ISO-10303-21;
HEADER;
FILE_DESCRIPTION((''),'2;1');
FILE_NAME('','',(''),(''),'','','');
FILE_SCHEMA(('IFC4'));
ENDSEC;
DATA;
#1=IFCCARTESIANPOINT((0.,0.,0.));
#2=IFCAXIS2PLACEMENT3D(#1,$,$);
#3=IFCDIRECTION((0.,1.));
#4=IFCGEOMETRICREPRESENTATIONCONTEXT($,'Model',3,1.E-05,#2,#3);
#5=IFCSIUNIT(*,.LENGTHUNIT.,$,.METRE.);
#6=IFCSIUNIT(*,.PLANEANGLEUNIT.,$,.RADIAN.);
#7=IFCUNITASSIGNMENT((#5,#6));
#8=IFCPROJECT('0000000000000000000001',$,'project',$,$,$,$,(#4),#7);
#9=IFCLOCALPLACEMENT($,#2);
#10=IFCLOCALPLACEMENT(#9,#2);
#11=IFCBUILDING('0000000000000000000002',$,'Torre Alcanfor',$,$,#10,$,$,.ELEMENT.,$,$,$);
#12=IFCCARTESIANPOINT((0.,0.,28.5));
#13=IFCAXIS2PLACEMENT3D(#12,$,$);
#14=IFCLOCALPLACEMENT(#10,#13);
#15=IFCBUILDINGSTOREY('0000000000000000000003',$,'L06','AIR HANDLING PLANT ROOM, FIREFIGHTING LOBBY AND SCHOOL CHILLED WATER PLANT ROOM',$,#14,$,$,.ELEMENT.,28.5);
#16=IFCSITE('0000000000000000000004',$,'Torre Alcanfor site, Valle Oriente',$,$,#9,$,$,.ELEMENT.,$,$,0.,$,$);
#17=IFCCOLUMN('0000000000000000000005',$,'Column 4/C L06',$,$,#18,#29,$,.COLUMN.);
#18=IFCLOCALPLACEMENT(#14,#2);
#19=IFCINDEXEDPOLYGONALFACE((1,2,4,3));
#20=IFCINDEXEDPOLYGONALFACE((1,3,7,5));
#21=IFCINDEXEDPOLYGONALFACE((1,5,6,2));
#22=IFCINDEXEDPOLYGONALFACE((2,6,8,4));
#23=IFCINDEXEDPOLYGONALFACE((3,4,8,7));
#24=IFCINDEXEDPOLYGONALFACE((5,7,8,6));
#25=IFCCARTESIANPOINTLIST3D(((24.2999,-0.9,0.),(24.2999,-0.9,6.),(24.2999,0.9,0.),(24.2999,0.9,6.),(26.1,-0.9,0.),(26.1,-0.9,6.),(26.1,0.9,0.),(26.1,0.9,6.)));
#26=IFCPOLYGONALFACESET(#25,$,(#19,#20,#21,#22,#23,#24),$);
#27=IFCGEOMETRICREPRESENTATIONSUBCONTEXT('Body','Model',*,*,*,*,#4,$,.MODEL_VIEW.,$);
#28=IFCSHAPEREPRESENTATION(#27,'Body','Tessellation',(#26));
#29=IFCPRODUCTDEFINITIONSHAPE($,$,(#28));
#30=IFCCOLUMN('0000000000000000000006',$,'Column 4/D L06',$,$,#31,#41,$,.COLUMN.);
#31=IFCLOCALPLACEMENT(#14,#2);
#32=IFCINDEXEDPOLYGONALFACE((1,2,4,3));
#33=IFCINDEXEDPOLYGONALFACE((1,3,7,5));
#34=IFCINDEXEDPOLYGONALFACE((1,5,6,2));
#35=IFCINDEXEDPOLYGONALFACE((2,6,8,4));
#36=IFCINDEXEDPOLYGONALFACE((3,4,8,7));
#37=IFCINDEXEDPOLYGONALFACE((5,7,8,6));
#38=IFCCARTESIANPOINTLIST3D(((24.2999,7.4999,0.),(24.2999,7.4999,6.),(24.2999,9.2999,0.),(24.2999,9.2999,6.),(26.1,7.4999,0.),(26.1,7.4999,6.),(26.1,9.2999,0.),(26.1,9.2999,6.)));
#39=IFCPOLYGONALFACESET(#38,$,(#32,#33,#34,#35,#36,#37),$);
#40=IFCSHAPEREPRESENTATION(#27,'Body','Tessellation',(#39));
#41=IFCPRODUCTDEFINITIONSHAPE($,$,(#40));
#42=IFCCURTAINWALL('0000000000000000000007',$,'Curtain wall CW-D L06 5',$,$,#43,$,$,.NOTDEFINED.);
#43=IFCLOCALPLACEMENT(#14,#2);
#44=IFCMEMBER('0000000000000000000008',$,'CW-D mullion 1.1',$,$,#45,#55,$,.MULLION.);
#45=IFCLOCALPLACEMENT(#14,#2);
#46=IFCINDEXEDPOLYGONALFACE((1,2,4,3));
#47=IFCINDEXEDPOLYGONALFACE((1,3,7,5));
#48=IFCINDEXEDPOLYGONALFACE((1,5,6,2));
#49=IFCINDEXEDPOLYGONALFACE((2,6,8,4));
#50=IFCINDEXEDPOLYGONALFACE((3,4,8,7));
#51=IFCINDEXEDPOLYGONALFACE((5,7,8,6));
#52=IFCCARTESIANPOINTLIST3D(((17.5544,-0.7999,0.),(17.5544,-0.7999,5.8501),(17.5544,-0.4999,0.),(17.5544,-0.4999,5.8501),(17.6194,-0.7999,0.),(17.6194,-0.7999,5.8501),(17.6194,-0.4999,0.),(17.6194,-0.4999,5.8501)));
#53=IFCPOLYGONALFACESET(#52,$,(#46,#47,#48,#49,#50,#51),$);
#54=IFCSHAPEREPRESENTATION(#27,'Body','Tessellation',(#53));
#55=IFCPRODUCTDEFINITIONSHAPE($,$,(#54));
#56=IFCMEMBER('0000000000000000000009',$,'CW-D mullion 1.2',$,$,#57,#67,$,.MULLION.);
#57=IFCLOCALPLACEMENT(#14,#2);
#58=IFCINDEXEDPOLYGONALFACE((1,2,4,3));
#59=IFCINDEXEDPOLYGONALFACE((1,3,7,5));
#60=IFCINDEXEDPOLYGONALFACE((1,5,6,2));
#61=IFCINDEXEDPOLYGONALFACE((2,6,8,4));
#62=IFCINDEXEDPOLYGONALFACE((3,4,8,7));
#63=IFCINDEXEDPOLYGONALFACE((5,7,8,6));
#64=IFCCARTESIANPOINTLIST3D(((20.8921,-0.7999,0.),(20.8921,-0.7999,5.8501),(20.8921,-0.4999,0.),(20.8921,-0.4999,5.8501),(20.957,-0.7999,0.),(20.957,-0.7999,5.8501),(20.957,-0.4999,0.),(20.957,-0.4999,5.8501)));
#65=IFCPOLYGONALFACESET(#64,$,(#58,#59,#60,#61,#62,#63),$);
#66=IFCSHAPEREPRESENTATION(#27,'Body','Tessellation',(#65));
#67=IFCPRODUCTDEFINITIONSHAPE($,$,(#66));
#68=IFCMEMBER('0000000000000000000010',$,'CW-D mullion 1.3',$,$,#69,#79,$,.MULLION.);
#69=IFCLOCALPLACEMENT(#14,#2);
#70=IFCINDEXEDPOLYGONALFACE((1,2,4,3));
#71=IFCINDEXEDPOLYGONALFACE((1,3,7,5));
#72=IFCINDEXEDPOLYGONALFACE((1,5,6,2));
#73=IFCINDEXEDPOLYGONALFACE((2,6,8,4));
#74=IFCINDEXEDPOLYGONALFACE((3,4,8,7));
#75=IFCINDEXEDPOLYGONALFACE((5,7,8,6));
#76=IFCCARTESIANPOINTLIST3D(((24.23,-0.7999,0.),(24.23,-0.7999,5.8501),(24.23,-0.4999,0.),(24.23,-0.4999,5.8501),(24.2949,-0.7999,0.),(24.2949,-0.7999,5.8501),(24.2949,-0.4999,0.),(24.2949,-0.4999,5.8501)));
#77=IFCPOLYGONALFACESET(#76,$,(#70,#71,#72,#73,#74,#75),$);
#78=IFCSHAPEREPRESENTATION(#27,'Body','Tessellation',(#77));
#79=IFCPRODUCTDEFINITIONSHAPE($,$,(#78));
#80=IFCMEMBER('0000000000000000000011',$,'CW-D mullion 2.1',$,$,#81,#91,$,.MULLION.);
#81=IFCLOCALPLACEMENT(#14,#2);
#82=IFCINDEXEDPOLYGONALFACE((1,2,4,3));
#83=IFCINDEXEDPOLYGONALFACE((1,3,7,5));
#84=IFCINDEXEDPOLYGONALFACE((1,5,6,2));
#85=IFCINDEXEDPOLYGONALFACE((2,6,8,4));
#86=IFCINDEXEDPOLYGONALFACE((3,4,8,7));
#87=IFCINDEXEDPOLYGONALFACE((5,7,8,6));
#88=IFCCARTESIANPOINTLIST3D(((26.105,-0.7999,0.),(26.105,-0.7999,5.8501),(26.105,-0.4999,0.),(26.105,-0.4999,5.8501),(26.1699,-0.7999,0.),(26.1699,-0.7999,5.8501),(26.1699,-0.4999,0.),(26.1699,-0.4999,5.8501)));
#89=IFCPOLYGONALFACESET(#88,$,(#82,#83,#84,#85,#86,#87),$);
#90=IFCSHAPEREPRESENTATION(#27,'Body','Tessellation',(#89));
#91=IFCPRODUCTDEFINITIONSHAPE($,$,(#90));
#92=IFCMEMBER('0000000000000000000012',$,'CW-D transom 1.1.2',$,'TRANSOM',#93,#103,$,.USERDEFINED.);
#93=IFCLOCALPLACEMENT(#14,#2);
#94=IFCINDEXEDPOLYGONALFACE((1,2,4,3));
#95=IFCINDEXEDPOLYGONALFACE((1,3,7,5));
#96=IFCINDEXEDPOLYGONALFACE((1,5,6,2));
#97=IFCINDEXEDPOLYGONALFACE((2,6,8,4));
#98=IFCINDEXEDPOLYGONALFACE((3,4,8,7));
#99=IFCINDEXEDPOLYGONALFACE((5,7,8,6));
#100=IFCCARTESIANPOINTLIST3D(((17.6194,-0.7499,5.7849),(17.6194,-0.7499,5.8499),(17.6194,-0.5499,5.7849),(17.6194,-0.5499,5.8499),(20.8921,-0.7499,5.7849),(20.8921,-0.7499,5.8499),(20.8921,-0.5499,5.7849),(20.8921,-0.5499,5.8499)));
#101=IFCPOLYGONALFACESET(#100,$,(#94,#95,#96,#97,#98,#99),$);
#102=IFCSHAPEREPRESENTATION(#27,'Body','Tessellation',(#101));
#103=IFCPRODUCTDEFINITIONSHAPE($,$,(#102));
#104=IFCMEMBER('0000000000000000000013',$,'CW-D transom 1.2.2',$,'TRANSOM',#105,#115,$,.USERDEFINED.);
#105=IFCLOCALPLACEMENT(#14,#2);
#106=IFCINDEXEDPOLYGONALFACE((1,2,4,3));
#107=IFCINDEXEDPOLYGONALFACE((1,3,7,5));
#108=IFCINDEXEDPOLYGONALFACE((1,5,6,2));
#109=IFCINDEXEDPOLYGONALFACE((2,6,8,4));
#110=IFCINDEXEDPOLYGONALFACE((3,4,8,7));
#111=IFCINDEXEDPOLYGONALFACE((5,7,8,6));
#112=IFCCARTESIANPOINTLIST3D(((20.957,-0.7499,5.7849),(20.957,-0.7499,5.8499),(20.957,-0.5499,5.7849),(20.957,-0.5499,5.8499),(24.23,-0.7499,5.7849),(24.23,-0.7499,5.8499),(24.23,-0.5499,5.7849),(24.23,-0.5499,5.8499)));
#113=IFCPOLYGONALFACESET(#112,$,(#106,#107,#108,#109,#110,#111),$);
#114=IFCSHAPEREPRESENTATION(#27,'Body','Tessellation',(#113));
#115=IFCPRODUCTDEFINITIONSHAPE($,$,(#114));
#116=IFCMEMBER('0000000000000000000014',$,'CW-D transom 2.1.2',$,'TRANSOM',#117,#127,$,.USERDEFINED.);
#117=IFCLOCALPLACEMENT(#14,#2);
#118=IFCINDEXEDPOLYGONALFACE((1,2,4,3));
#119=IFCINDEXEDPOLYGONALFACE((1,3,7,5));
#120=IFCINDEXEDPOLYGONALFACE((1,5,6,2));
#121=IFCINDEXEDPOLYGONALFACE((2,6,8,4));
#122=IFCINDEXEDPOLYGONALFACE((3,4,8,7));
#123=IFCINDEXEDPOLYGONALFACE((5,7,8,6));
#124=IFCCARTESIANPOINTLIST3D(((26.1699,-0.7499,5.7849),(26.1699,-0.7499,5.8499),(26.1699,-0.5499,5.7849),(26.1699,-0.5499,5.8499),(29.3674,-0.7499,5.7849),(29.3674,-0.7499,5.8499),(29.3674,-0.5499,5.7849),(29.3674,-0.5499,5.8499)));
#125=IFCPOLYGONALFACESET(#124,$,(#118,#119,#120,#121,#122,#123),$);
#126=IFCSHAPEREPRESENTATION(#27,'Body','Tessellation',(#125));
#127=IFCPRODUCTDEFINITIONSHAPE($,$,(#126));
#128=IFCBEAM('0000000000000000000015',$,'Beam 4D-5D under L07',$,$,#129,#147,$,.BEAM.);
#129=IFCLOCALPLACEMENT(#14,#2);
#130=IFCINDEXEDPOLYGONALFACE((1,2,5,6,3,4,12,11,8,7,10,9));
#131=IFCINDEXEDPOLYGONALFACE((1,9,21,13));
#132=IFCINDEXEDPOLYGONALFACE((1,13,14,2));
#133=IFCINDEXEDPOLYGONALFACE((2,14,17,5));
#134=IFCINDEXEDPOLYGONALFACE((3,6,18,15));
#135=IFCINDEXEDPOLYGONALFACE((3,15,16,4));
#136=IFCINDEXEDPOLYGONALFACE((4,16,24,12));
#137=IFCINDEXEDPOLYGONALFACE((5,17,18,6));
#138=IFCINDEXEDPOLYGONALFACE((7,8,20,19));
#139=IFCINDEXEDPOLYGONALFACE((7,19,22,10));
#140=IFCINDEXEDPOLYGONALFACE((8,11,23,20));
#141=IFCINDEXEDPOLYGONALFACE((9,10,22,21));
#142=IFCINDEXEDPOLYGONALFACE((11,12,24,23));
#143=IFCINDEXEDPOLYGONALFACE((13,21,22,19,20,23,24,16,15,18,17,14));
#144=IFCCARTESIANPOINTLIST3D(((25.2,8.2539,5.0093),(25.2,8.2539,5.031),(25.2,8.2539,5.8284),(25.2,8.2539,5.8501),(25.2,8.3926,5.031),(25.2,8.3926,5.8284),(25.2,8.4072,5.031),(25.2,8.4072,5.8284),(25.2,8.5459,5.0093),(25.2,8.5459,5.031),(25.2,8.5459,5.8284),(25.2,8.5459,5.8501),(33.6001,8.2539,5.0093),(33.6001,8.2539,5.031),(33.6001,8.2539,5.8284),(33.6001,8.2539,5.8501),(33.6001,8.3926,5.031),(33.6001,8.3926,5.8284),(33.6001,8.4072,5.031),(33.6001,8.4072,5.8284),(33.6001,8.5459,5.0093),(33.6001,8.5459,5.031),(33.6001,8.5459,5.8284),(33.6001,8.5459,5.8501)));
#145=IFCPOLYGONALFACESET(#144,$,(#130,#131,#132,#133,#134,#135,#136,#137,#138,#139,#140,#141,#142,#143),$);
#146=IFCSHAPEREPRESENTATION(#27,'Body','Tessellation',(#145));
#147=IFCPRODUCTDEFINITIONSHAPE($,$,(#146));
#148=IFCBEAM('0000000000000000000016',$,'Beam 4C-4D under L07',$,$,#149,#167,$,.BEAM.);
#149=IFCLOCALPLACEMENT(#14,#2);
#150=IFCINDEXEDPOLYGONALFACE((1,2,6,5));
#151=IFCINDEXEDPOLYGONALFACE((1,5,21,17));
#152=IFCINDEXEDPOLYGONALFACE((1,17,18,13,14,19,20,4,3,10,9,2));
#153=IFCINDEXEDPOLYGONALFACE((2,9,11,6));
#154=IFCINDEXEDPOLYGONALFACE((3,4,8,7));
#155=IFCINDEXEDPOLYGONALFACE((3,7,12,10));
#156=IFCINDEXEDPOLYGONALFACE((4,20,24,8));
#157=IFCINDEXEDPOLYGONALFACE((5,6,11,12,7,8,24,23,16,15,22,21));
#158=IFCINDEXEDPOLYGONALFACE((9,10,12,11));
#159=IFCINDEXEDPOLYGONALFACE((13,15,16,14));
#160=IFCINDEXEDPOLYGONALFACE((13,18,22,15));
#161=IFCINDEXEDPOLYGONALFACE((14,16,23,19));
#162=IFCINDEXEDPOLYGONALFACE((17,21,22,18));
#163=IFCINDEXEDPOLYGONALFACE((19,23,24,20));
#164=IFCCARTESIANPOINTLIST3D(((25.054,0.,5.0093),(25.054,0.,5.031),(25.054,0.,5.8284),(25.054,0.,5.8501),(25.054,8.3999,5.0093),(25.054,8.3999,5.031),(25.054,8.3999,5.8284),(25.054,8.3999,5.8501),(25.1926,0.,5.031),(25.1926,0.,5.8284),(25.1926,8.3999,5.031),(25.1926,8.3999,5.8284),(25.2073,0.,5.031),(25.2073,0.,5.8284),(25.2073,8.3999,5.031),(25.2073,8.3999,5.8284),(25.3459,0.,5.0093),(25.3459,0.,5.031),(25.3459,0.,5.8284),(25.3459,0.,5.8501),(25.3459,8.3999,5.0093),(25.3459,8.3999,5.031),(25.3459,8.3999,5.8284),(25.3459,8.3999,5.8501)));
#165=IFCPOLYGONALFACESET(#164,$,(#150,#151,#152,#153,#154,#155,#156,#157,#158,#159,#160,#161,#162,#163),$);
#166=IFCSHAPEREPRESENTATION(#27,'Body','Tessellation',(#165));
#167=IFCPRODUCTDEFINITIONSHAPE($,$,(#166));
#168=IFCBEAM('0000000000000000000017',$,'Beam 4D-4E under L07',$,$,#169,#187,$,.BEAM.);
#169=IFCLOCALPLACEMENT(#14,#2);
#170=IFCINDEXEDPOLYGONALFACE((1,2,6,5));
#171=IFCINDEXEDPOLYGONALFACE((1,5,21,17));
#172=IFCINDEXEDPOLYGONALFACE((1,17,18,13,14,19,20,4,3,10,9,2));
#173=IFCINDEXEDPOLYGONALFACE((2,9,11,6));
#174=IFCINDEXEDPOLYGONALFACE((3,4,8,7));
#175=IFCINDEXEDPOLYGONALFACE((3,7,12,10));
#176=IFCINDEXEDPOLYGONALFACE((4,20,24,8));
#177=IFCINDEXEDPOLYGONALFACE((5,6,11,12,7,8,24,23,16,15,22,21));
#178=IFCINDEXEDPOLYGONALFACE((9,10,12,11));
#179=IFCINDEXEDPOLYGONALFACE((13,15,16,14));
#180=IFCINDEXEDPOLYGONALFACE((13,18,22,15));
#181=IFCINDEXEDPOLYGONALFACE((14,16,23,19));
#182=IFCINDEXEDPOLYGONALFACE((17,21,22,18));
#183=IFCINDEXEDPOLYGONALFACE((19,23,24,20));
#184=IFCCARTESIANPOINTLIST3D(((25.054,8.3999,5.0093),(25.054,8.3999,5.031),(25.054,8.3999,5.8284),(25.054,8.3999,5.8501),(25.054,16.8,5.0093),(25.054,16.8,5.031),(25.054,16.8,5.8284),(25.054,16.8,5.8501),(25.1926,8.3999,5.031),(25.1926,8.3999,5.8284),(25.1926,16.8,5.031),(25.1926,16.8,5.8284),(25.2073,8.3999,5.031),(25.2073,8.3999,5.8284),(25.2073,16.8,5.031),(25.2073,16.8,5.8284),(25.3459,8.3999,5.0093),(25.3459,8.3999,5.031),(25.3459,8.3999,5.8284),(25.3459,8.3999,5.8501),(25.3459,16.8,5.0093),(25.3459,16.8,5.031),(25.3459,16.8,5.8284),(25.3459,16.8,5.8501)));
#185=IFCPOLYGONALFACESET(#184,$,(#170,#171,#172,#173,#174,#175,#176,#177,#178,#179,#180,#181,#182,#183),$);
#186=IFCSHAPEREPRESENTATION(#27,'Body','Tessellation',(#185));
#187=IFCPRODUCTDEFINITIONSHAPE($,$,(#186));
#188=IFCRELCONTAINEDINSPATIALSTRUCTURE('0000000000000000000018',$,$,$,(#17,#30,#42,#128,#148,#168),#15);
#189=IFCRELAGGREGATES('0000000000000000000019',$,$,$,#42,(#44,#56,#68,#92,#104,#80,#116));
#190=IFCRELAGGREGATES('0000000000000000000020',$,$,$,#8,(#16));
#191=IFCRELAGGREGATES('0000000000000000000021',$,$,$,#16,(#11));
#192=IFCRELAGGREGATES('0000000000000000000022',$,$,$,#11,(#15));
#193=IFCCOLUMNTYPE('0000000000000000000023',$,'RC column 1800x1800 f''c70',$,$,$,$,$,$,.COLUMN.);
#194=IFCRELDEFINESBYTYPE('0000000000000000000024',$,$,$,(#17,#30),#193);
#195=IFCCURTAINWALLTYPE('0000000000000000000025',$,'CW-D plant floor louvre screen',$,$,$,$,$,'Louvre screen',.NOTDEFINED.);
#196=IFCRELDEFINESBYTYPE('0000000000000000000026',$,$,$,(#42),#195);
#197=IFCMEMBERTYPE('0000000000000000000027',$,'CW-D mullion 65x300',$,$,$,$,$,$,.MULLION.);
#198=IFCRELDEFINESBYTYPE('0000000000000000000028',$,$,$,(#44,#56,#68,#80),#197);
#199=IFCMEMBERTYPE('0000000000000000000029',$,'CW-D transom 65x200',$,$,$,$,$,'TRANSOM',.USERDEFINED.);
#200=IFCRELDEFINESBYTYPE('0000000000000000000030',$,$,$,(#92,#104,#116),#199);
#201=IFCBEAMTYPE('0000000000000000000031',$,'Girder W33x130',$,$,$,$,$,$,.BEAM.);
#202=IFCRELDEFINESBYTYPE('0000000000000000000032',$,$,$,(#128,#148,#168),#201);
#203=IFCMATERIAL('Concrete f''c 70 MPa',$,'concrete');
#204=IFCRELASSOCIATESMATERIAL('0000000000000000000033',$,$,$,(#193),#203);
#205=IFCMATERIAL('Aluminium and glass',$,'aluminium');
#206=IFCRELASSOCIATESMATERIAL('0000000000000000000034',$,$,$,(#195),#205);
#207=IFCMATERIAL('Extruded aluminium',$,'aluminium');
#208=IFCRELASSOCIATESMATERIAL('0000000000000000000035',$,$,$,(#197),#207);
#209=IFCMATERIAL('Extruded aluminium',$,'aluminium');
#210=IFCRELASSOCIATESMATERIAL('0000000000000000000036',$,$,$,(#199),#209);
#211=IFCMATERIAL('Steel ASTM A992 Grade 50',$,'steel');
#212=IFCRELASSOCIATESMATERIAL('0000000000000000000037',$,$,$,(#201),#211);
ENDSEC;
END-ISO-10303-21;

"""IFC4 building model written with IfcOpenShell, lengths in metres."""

from ifc_helpers import new_model, si_unit, direction, frame, origin, origin_2d, place, context, subcontext, project, spatial, rectangle, i_section, extrude, material, material_profile, profile_set, type_object, element, aggregate, save


model = new_model("IFC4")

# Units and contexts
model_context = context("Model", 3, precision=1e-05, world=origin(), true_north=direction((0.0, 1.0)))
body_context = subcontext(model_context, "Body", "Model", "MODEL_VIEW")
ifc_project = project(units=[si_unit("LENGTHUNIT", "METRE"), si_unit("PLANEANGLEUNIT", "RADIAN")], contexts=[model_context])

# Site, building, storey
site_placement = place(None, origin())
site = spatial("IfcSite", under=ifc_project, at=site_placement, Name="Torre Alcanfor site, Valle Oriente", CompositionType="ELEMENT", RefElevation=0.0)
building_placement = place(site_placement, origin())
building = spatial("IfcBuilding", under=site, at=building_placement, Name="Torre Alcanfor", CompositionType="ELEMENT")
storey_placement = place(building_placement, frame((0.0, 0.0, 28.5)))
storey = spatial("IfcBuildingStorey", under=building, at=storey_placement, Name="L06", Description="AIR HANDLING PLANT ROOM, FIREFIGHTING LOBBY AND SCHOOL CHILLED WATER PLANT ROOM", CompositionType="ELEMENT", Elevation=28.5)

# Columns
ifc_material_1 = material(Name="Concrete f'c 70 MPa", Category="concrete")
ifc_material_profile_1 = material_profile(ifc_material_1, rectangle(XDim=1.8, YDim=1.8, at=origin_2d()), Name="1800x1800")
ifc_profile_set_1 = profile_set([ifc_material_profile_1], Name="Concrete f'c 70 MPa")
column_type = type_object("IfcColumnType", Name="RC column 1800x1800 f'c70", PredefinedType="COLUMN", material=ifc_profile_set_1)
for number, where, z_axis, x_axis, name in (
    (1, (25.2, 0.0, 0.0), (0.0, 0.0, 1.0), (1.0, 0.0, 0.0), "Column 4/C L06"),
    (2, (25.2, 8.3999, 0.0), (0.0, 0.0, 1.0), (1.0, 0.0, 0.0), "Column 4/D L06"),
):
    element("IfcColumn", number, at=place(storey_placement, frame(where, z_axis=z_axis, x_axis=x_axis)), inside=storey, type_object=column_type, Name=name, PredefinedType="COLUMN", context=body_context, shape_type="SweptSolid", body=[
        extrude(rectangle(XDim=1.8, YDim=1.8, at=origin_2d()), origin(), (0.0, 0.0, 1.0), 6.0),
    ])

# Curtain wall, members
ifc_material_2 = material(Name="Aluminium and glass", Category="aluminium")
curtain_wall_type = type_object("IfcCurtainWallType", Name="CW-D plant floor louvre screen", ElementType="Louvre screen", PredefinedType="NOTDEFINED", material=ifc_material_2)
curtain_wall_placement = place(storey_placement, origin())
curtain_wall = element("IfcCurtainWall", 3, at=curtain_wall_placement, inside=storey, type_object=curtain_wall_type, Name="Curtain wall CW-D L06 5", PredefinedType="NOTDEFINED")
ifc_material_3 = material(Name="Extruded aluminium", Category="aluminium")
ifc_material_profile_2 = material_profile(ifc_material_3, rectangle(XDim=0.3, YDim=0.0649, at=origin_2d()), Name="CW-D mullion 65x300")
ifc_profile_set_2 = profile_set([ifc_material_profile_2], Name="Extruded aluminium")
member_type_1 = type_object("IfcMemberType", Name="CW-D mullion 65x300", PredefinedType="MULLION", material=ifc_profile_set_2)
member_1_placement = place(storey_placement, frame((17.5869, -0.6499, 0.0), z_axis=(0.0, 0.0, 1.0), x_axis=(0.0, 1.0, 0.0)))
member_1 = element("IfcMember", 4, at=member_1_placement, type_object=member_type_1, Name="CW-D mullion 1.1", PredefinedType="MULLION", context=body_context, shape_type="SweptSolid", body=[
    extrude(rectangle(XDim=0.3, YDim=0.0649, at=origin_2d()), origin(), (0.0, 0.0, 1.0), 5.8501),
])
member_2_placement = place(storey_placement, frame((20.9246, -0.6499, 0.0), z_axis=(0.0, 0.0, 1.0), x_axis=(0.0, 1.0, 0.0)))
member_2 = element("IfcMember", 5, at=member_2_placement, type_object=member_type_1, Name="CW-D mullion 1.2", PredefinedType="MULLION", context=body_context, shape_type="SweptSolid", body=[
    extrude(rectangle(XDim=0.3, YDim=0.0649, at=origin_2d()), origin(), (0.0, 0.0, 1.0), 5.8501),
])
member_3_placement = place(storey_placement, frame((24.2625, -0.6499, 0.0), z_axis=(0.0, 0.0, 1.0), x_axis=(0.0, 1.0, 0.0)))
member_3 = element("IfcMember", 6, at=member_3_placement, type_object=member_type_1, Name="CW-D mullion 1.3", PredefinedType="MULLION", context=body_context, shape_type="SweptSolid", body=[
    extrude(rectangle(XDim=0.3, YDim=0.0649, at=origin_2d()), origin(), (0.0, 0.0, 1.0), 5.8501),
])
member_4_placement = place(storey_placement, frame((26.1375, -0.6499, 0.0), z_axis=(0.0, 0.0, 1.0), x_axis=(0.0, 1.0, 0.0)))
member_4 = element("IfcMember", 7, at=member_4_placement, type_object=member_type_1, Name="CW-D mullion 2.1", PredefinedType="MULLION", context=body_context, shape_type="SweptSolid", body=[
    extrude(rectangle(XDim=0.3, YDim=0.0649, at=origin_2d()), origin(), (0.0, 0.0, 1.0), 5.8501),
])
ifc_material_4 = material(Name="Extruded aluminium", Category="aluminium")
ifc_material_profile_3 = material_profile(ifc_material_4, rectangle(XDim=0.2, YDim=0.0649, at=origin_2d()), Name="CW-D transom 200x65")
ifc_profile_set_3 = profile_set([ifc_material_profile_3], Name="Extruded aluminium")
member_type_2 = type_object("IfcMemberType", Name="CW-D transom 65x200", ElementType="TRANSOM", PredefinedType="USERDEFINED", material=ifc_profile_set_3)
member_5_placement = place(storey_placement, frame((17.6194, -0.6499, 5.8174), z_axis=(1.0, 0.0, 0.0), x_axis=(0.0, 1.0, 0.0)))
member_5 = element("IfcMember", 8, at=member_5_placement, type_object=member_type_2, Name="CW-D transom 1.1.2", ObjectType="TRANSOM", PredefinedType="USERDEFINED", context=body_context, shape_type="SweptSolid", body=[
    extrude(rectangle(XDim=0.2, YDim=0.0649, at=origin_2d()), origin(), (0.0, 0.0, 1.0), 3.2727),
])
member_6_placement = place(storey_placement, frame((20.957, -0.6499, 5.8174), z_axis=(1.0, 0.0, 0.0), x_axis=(0.0, 1.0, 0.0)))
member_6 = element("IfcMember", 9, at=member_6_placement, type_object=member_type_2, Name="CW-D transom 1.2.2", ObjectType="TRANSOM", PredefinedType="USERDEFINED", context=body_context, shape_type="SweptSolid", body=[
    extrude(rectangle(XDim=0.2, YDim=0.0649, at=origin_2d()), origin(), (0.0, 0.0, 1.0), 3.2729),
])
member_7_placement = place(storey_placement, frame((26.1699, -0.6499, 5.8174), z_axis=(1.0, 0.0, 0.0), x_axis=(0.0, 1.0, 0.0)))
member_7 = element("IfcMember", 10, at=member_7_placement, type_object=member_type_2, Name="CW-D transom 2.1.2", ObjectType="TRANSOM", PredefinedType="USERDEFINED", context=body_context, shape_type="SweptSolid", body=[
    extrude(rectangle(XDim=0.2, YDim=0.0649, at=origin_2d()), origin(), (0.0, 0.0, 1.0), 3.1975),
])

# Beams
ifc_material_5 = material(Name="Steel ASTM A992 Grade 50", Category="steel")
ifc_material_profile_4 = material_profile(ifc_material_5, i_section(OverallWidth=0.292, OverallDepth=0.8408, WebThickness=0.0146, FlangeThickness=0.0217, at=origin_2d()), Name="W33x130")
ifc_profile_set_4 = profile_set([ifc_material_profile_4], Name="Steel ASTM A992 Grade 50")
beam_type_1 = type_object("IfcBeamType", Name="Girder W33x130", PredefinedType="BEAM", material=ifc_profile_set_4)
beam_1_placement = place(storey_placement, frame((25.2, 8.3999, 5.4297), z_axis=(1.0, 0.0, 0.0), x_axis=(0.0, 1.0, 0.0)))
element("IfcBeam", 11, at=beam_1_placement, inside=storey, type_object=beam_type_1, Name="Beam 4D-5D under L07", PredefinedType="BEAM", context=body_context, shape_type="SweptSolid", body=[
    extrude(i_section(OverallWidth=0.292, OverallDepth=0.8408, WebThickness=0.0146, FlangeThickness=0.0217, at=origin_2d()), origin(), (0.0, 0.0, 1.0), 8.4001),
])
beam_2_placement = place(storey_placement, frame((25.2, 0.0, 5.4297), z_axis=(0.0, 1.0, 0.0), x_axis=(-1.0, 0.0, 0.0)))
element("IfcBeam", 12, at=beam_2_placement, inside=storey, type_object=beam_type_1, Name="Beam 4C-4D under L07", PredefinedType="BEAM", context=body_context, shape_type="SweptSolid", body=[
    extrude(i_section(OverallWidth=0.292, OverallDepth=0.8408, WebThickness=0.0146, FlangeThickness=0.0217, at=origin_2d()), origin(), (0.0, 0.0, 1.0), 8.3999),
])
beam_3_placement = place(storey_placement, frame((25.2, 8.3999, 5.4297), z_axis=(0.0, 1.0, 0.0), x_axis=(-1.0, 0.0, 0.0)))
element("IfcBeam", 13, at=beam_3_placement, inside=storey, type_object=beam_type_1, Name="Beam 4D-4E under L07", PredefinedType="BEAM", context=body_context, shape_type="SweptSolid", body=[
    extrude(i_section(OverallWidth=0.292, OverallDepth=0.8408, WebThickness=0.0146, FlangeThickness=0.0217, at=origin_2d()), origin(), (0.0, 0.0, 1.0), 8.4001),
])

aggregate(curtain_wall, [member_1, member_2, member_3, member_5, member_6, member_4, member_7])

save(model, "model.ifc")
